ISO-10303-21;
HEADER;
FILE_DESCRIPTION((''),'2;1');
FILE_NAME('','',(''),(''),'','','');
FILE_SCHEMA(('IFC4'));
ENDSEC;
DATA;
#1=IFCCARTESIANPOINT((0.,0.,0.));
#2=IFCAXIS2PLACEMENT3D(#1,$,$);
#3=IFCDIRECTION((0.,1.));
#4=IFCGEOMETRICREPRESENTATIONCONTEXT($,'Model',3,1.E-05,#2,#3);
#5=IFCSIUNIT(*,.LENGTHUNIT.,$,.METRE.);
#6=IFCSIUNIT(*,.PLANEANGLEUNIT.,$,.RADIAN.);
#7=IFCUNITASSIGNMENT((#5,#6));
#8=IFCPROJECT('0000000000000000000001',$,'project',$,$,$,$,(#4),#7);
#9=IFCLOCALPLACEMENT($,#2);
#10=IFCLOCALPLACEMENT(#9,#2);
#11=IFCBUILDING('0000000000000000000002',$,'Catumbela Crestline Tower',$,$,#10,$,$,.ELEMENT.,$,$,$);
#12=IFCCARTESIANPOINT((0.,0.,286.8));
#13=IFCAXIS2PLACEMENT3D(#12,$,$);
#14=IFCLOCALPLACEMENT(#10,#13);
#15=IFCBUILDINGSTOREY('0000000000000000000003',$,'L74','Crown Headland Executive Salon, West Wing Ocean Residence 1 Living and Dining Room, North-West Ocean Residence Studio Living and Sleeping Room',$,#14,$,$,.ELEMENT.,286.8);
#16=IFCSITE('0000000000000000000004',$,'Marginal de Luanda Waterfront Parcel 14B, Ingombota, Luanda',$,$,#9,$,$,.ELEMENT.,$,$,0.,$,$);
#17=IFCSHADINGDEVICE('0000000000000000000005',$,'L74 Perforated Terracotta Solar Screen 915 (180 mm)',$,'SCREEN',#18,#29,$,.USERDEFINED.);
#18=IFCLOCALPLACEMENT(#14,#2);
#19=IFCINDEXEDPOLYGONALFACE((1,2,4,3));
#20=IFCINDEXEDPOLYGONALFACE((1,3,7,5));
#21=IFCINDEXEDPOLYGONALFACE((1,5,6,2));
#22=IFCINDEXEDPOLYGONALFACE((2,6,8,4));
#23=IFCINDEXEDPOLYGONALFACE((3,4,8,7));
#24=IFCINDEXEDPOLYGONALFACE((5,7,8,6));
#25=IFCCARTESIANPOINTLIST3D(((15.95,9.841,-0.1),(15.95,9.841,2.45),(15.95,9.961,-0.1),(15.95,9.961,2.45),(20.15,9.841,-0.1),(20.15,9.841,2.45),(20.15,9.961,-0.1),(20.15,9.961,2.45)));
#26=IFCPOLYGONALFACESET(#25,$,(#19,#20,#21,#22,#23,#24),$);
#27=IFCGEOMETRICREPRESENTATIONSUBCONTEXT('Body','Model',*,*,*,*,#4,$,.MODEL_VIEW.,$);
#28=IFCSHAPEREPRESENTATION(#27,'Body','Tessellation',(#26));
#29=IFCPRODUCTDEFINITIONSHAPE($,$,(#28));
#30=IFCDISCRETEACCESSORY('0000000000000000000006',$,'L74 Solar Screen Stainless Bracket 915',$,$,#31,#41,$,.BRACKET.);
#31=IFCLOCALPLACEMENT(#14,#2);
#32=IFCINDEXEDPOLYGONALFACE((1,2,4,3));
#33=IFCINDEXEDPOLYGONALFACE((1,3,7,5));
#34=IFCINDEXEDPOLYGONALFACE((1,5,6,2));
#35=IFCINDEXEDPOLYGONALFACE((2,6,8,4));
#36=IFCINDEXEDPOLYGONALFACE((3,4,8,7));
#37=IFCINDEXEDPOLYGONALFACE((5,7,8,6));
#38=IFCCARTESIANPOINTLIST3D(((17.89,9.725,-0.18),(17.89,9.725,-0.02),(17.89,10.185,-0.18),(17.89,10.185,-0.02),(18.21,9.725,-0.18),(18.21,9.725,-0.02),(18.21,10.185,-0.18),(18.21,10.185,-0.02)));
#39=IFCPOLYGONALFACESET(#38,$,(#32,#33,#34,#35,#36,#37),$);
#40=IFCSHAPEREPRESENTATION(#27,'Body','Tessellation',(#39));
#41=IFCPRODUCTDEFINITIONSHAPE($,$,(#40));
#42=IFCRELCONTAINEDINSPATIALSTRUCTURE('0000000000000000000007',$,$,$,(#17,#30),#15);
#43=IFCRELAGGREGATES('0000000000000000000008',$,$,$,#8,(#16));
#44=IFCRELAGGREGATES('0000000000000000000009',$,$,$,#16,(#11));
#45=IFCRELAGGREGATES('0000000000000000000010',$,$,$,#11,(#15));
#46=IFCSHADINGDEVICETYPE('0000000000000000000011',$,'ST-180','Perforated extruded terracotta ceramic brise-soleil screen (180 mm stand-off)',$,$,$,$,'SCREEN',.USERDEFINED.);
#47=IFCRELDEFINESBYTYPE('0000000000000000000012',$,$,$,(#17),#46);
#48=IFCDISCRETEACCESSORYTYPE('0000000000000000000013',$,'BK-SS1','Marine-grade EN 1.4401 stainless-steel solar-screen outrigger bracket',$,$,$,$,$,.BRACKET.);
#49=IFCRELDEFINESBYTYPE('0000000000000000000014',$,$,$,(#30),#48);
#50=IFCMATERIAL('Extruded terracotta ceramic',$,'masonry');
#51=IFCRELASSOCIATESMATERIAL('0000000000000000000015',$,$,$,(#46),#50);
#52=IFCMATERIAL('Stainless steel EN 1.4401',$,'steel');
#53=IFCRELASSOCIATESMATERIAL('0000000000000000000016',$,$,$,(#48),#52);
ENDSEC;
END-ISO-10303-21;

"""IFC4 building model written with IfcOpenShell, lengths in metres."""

from ifc_helpers import new_model, si_unit, direction, frame, origin, origin_2d, place, context, subcontext, project, spatial, rectangle, extrude, material, type_object, element, save


model = new_model("IFC4")

# Units and contexts
model_context = context("Model", 3, precision=1e-05, world=origin(), true_north=direction((0.0, 1.0)))
body_context = subcontext(model_context, "Body", "Model", "MODEL_VIEW")
ifc_project = project(units=[si_unit("LENGTHUNIT", "METRE"), si_unit("PLANEANGLEUNIT", "RADIAN")], contexts=[model_context])

# Site, building, storey
site_placement = place(None, origin())
site = spatial("IfcSite", under=ifc_project, at=site_placement, Name="Marginal de Luanda Waterfront Parcel 14B, Ingombota, Luanda", CompositionType="ELEMENT", RefElevation=0.0)
building_placement = place(site_placement, origin())
building = spatial("IfcBuilding", under=site, at=building_placement, Name="Catumbela Crestline Tower", CompositionType="ELEMENT")
storey_placement = place(building_placement, frame((0.0, 0.0, 286.8)))
storey = spatial("IfcBuildingStorey", under=building, at=storey_placement, Name="L74", Description="Crown Headland Executive Salon, West Wing Ocean Residence 1 Living and Dining Room, North-West Ocean Residence Studio Living and Sleeping Room", CompositionType="ELEMENT", Elevation=286.8)

# Shading device
ifc_material_1 = material(Name="Extruded terracotta ceramic", Category="masonry")
shading_device_type = type_object("IfcShadingDeviceType", Name="ST-180", Description="Perforated extruded terracotta ceramic brise-soleil screen (180 mm stand-off)", ElementType="SCREEN", PredefinedType="USERDEFINED", material=ifc_material_1)
shading_device_placement = place(storey_placement, frame((18.05, 9.901, -0.1), z_axis=(0.0, 0.0, 1.0), x_axis=(1.0, 0.0, 0.0)))
element("IfcShadingDevice", 1, at=shading_device_placement, inside=storey, type_object=shading_device_type, Name="L74 Perforated Terracotta Solar Screen 915 (180 mm)", ObjectType="SCREEN", PredefinedType="USERDEFINED", context=body_context, shape_type="SweptSolid", body=[
    extrude(rectangle(XDim=4.2, YDim=0.12, at=origin_2d()), origin(), (0.0, 0.0, 1.0), 2.55),
])

# Discrete accessory
ifc_material_2 = material(Name="Stainless steel EN 1.4401", Category="steel")
discrete_accessory_type = type_object("IfcDiscreteAccessoryType", Name="BK-SS1", Description="Marine-grade EN 1.4401 stainless-steel solar-screen outrigger bracket", PredefinedType="BRACKET", material=ifc_material_2)
discrete_accessory_placement = place(storey_placement, frame((18.05, 9.955, -0.18), z_axis=(0.0, 0.0, 1.0), x_axis=(1.0, 0.0, 0.0)))
element("IfcDiscreteAccessory", 2, at=discrete_accessory_placement, inside=storey, type_object=discrete_accessory_type, Name="L74 Solar Screen Stainless Bracket 915", PredefinedType="BRACKET", context=body_context, shape_type="SweptSolid", body=[
    extrude(rectangle(XDim=0.32, YDim=0.46, at=origin_2d()), origin(), (0.0, 0.0, 1.0), 0.16),
])

save(model, "model.ifc")
